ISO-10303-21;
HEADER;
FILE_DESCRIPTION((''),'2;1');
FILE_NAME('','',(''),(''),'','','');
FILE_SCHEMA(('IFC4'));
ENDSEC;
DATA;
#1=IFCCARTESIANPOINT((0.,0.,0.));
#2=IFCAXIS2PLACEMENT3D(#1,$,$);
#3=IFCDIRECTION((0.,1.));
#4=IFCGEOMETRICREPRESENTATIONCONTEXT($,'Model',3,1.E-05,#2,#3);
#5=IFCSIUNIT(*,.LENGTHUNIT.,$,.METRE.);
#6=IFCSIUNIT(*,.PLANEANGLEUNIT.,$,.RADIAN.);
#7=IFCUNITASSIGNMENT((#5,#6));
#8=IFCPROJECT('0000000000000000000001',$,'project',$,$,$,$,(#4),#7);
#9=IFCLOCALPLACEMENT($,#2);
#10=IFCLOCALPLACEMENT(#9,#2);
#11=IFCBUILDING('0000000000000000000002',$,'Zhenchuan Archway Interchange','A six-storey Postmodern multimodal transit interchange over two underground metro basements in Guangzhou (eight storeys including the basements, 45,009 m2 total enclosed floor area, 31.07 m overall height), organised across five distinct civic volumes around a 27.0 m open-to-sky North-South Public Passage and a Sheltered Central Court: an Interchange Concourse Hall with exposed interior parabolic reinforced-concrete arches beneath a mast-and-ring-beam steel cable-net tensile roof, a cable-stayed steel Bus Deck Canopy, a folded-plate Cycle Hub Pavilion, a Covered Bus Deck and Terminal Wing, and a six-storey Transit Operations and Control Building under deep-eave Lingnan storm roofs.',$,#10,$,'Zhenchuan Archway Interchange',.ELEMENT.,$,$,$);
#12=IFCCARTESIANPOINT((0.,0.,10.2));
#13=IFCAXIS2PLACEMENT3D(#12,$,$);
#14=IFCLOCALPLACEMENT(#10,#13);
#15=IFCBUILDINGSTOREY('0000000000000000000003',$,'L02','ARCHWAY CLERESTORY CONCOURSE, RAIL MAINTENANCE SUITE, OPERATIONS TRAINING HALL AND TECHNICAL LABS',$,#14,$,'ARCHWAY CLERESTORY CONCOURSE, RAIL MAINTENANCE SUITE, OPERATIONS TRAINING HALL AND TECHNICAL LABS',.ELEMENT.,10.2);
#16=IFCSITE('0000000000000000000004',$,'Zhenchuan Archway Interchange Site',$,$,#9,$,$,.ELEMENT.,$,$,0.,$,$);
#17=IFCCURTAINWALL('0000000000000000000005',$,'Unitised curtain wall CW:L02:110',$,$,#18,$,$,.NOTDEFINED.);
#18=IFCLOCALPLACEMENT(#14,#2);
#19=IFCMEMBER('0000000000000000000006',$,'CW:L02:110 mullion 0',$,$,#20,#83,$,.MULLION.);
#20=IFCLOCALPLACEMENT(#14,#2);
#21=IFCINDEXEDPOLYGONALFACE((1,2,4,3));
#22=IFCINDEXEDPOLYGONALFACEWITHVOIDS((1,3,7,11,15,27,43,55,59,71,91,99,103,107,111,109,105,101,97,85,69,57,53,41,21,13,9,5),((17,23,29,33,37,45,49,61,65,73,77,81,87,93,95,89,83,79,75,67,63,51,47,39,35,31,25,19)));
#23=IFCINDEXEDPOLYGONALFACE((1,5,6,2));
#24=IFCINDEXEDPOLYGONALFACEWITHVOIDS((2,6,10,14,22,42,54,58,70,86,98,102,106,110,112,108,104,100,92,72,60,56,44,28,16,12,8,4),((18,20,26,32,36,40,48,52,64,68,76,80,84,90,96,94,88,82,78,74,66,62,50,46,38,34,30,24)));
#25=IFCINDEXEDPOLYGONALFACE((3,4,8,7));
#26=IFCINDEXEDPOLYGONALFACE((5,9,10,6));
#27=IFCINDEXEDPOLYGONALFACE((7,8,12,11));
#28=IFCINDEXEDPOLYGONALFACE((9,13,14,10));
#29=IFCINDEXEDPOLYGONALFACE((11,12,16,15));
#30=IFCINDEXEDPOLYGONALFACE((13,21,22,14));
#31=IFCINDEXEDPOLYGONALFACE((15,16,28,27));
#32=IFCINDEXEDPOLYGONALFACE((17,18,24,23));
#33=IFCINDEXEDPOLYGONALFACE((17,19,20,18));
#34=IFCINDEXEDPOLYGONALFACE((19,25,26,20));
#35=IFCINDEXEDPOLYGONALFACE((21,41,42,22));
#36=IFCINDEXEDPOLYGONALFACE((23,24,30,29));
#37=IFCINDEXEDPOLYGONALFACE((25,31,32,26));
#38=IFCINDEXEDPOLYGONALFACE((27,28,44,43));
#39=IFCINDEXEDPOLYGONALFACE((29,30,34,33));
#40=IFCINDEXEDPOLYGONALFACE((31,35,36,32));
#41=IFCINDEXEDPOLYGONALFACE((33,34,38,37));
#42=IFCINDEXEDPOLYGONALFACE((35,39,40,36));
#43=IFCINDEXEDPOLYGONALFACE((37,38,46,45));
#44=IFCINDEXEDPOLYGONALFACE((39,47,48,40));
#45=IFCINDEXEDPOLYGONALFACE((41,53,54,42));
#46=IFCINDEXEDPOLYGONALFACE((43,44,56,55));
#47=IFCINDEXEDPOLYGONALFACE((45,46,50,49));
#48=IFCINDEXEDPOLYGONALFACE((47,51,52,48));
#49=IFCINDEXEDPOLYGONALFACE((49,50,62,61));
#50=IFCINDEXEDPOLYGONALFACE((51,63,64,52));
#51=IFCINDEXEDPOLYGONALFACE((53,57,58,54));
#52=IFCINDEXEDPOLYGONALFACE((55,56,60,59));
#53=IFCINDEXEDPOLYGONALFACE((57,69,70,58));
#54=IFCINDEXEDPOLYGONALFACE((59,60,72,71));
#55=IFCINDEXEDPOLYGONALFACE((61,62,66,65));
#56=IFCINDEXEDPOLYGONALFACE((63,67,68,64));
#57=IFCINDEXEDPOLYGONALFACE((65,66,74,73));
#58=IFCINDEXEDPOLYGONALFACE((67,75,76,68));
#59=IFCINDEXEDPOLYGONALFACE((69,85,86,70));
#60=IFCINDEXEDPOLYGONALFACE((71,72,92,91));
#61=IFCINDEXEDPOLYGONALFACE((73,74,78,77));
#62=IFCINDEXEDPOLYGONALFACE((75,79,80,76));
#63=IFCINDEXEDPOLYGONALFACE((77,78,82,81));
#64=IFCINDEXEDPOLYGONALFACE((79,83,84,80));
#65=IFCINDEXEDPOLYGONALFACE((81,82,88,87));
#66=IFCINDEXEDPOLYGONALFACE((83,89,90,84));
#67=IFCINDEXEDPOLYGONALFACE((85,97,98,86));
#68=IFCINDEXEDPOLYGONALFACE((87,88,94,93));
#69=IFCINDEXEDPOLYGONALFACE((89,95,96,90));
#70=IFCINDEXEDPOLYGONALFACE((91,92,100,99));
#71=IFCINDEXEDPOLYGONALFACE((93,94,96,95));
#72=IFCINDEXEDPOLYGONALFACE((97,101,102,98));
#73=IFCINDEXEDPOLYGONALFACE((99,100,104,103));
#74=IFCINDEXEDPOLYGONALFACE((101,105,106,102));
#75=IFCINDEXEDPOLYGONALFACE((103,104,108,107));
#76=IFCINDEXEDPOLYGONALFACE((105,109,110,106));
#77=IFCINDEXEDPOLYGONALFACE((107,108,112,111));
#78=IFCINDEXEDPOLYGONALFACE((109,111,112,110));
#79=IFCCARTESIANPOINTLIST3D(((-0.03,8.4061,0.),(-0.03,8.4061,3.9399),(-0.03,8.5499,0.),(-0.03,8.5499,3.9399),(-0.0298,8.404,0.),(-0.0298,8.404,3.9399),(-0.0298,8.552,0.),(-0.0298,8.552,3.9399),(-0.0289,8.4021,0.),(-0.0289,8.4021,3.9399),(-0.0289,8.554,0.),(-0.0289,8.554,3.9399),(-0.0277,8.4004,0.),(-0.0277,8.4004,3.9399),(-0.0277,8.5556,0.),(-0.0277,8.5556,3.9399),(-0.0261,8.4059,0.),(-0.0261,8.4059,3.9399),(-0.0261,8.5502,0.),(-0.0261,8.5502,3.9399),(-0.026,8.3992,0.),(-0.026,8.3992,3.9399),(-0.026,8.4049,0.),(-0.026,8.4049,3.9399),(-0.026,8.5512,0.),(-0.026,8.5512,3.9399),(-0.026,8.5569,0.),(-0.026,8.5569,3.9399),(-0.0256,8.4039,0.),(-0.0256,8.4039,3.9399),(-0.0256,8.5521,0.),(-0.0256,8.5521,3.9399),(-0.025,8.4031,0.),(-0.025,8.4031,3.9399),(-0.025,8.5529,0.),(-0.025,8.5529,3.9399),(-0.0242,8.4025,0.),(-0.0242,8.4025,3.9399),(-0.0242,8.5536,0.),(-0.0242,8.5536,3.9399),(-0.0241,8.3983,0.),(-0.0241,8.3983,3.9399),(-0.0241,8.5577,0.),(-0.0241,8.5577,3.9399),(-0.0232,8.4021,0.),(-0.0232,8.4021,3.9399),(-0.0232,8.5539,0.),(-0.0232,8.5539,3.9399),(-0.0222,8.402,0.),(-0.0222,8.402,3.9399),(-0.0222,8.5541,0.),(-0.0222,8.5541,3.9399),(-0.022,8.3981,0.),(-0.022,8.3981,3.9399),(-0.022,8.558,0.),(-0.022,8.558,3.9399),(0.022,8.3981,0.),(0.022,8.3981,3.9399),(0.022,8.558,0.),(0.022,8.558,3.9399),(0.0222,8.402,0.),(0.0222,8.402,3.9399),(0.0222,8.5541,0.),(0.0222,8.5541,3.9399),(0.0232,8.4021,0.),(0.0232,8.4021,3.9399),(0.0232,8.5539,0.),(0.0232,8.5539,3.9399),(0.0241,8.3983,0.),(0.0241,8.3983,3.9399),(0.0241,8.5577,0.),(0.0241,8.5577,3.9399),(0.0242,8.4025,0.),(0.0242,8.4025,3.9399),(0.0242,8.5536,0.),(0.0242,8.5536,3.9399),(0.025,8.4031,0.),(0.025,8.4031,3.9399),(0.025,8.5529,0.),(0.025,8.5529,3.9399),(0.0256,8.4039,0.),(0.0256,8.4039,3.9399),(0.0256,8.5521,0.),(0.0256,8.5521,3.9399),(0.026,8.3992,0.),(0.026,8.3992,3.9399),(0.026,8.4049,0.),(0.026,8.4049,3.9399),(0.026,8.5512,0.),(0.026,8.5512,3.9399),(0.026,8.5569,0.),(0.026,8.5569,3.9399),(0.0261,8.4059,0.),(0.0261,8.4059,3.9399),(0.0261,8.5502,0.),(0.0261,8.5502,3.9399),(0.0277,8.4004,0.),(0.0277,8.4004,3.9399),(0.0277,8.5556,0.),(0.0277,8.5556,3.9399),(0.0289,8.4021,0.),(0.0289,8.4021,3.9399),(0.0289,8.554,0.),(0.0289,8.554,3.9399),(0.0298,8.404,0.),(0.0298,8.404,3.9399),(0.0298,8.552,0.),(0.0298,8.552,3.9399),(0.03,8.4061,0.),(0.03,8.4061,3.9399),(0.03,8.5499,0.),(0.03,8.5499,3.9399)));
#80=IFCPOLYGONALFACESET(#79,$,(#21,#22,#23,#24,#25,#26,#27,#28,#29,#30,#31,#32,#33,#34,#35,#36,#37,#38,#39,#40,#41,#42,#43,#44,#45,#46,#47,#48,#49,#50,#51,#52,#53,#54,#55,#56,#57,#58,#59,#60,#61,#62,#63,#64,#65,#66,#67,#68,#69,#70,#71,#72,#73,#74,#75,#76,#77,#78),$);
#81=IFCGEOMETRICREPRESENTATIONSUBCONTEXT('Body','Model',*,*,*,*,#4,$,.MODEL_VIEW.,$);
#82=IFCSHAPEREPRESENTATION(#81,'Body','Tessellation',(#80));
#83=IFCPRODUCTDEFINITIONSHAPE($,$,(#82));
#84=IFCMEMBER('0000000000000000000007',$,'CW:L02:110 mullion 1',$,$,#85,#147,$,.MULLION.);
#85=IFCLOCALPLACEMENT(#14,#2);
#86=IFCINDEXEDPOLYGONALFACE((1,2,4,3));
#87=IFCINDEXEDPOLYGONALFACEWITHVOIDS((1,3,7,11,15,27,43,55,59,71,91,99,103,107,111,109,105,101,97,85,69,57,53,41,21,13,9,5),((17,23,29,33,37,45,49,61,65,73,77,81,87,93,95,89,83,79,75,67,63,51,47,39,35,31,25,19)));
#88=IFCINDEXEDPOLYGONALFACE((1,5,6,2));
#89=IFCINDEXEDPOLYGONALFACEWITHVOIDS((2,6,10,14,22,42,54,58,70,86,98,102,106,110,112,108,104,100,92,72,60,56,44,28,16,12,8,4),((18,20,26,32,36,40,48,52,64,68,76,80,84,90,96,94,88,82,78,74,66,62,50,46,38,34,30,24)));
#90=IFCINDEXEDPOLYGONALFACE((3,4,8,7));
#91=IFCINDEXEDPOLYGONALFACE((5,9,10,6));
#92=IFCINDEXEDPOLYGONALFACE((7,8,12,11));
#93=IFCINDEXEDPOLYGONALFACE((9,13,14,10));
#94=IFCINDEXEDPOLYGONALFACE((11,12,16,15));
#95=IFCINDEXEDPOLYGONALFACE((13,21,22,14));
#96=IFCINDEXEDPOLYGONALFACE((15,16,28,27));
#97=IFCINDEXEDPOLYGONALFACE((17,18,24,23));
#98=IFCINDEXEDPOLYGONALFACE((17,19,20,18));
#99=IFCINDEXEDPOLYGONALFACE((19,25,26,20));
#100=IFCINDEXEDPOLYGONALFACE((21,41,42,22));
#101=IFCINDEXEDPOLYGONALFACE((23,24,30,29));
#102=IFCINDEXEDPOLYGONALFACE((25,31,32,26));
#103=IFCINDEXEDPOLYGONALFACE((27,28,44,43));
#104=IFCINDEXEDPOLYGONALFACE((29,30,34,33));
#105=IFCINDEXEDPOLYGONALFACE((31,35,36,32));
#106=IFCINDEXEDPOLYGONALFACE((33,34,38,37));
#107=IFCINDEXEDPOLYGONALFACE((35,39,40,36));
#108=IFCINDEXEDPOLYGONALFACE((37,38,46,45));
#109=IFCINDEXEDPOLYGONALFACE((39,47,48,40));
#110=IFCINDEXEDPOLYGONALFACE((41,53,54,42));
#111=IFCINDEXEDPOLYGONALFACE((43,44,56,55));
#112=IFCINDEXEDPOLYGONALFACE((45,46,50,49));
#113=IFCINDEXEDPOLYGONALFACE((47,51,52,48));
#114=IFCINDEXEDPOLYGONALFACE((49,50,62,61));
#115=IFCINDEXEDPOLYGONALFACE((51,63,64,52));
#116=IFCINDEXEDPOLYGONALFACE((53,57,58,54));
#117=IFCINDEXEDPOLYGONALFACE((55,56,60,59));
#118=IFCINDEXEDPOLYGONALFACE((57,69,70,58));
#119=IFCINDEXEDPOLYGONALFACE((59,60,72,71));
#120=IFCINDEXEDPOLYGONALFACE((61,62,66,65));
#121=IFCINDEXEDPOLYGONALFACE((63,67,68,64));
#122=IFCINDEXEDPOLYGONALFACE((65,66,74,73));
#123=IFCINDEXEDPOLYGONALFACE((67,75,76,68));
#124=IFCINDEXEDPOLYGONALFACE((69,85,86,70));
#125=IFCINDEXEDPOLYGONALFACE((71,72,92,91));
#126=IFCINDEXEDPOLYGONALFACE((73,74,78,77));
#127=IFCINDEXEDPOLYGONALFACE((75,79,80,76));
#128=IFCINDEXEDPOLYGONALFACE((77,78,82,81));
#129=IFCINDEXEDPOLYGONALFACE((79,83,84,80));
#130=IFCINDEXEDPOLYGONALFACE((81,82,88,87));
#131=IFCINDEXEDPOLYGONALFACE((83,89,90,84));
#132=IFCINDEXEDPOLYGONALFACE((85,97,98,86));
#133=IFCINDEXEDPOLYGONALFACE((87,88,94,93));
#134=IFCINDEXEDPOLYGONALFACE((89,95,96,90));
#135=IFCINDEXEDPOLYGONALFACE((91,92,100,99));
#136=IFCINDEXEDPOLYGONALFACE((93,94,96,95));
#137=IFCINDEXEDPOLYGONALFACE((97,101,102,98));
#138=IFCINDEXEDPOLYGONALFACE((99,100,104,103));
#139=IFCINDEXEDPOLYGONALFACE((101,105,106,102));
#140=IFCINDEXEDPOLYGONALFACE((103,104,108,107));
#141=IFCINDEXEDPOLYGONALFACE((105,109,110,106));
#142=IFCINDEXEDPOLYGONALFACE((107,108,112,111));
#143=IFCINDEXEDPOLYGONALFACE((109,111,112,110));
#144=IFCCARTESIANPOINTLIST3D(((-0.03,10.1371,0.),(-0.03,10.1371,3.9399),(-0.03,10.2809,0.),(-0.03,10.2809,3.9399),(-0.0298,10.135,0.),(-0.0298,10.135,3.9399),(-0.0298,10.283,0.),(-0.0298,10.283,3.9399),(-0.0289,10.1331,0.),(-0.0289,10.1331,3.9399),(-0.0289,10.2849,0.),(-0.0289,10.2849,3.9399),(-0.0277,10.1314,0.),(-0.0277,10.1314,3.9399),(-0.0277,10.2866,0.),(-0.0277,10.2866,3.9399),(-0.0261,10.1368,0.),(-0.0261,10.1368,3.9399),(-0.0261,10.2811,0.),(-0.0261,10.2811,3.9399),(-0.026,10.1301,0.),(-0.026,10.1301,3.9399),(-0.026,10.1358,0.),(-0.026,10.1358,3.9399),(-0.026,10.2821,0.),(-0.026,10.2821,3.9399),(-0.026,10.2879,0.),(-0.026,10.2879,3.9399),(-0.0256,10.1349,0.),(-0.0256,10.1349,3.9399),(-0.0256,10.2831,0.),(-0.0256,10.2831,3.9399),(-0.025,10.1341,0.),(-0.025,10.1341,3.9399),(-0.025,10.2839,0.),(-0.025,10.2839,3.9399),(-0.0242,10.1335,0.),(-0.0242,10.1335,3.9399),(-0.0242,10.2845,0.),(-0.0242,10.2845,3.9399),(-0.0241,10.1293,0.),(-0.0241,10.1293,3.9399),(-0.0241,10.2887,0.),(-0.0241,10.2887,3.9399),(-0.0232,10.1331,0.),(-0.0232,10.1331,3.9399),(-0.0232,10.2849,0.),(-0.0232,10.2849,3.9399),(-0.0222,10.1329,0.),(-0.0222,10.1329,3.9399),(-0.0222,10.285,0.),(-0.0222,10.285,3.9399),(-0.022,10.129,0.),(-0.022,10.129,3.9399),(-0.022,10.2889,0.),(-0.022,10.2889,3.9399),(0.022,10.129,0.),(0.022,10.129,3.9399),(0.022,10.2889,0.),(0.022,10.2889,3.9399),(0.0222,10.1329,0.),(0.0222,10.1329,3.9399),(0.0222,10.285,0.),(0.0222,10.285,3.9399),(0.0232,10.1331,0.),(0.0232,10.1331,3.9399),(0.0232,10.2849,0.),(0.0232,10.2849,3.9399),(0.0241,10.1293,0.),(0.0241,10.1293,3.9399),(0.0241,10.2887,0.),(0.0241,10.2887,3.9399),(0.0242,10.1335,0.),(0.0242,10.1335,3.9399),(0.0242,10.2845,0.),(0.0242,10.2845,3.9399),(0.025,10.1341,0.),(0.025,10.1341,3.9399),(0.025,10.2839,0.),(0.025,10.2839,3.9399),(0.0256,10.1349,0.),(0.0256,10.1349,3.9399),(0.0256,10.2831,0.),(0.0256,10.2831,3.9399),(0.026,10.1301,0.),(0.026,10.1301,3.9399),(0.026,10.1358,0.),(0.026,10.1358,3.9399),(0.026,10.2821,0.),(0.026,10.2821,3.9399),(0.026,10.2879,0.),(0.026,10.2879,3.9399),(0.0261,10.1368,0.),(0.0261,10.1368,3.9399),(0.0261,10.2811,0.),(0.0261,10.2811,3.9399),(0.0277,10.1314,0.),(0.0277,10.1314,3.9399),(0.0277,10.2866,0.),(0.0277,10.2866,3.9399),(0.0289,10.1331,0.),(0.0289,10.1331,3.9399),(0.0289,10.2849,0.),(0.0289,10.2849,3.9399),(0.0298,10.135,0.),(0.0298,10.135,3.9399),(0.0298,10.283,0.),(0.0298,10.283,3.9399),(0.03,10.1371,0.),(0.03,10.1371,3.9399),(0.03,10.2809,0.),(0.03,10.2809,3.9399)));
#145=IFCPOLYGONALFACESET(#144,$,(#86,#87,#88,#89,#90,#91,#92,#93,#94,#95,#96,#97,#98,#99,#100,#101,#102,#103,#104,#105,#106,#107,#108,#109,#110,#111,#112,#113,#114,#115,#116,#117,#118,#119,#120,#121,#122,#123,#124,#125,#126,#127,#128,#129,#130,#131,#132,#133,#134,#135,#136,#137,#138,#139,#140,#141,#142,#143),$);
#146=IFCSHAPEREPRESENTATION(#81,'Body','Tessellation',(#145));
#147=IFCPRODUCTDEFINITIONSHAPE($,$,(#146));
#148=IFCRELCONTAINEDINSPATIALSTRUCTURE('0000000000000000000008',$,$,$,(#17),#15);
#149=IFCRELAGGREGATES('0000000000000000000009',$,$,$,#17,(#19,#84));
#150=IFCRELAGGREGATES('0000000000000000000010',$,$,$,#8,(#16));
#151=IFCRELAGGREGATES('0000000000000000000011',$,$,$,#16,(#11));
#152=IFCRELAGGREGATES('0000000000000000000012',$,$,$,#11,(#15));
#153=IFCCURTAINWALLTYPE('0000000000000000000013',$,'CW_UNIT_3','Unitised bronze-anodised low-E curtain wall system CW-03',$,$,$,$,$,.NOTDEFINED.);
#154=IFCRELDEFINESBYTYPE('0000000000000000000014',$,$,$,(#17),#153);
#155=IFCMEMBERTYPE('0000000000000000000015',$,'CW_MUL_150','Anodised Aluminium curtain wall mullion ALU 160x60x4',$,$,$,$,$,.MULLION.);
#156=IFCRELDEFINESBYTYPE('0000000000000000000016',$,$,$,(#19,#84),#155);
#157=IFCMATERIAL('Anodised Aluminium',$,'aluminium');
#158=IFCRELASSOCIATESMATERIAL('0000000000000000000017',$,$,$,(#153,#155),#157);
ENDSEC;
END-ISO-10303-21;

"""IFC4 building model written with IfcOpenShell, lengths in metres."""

from ifc_helpers import new_model, si_unit, direction, frame, origin, origin_2d, place, context, subcontext, project, spatial, hollow_rectangle, extrude, material, material_profile, profile_set, type_object, element, aggregate, save


model = new_model("IFC4")

# Units and contexts
model_context = context("Model", 3, precision=1e-05, world=origin(), true_north=direction((0.0, 1.0)))
body_context = subcontext(model_context, "Body", "Model", "MODEL_VIEW")
ifc_project = project(units=[si_unit("LENGTHUNIT", "METRE"), si_unit("PLANEANGLEUNIT", "RADIAN")], contexts=[model_context])

# Site, building, storey
site_placement = place(None, origin())
site = spatial("IfcSite", under=ifc_project, at=site_placement, Name="Zhenchuan Archway Interchange Site", CompositionType="ELEMENT", RefElevation=0.0)
building_placement = place(site_placement, origin())
building = spatial("IfcBuilding", under=site, at=building_placement, Name="Zhenchuan Archway Interchange", Description="A six-storey Postmodern multimodal transit interchange over two underground metro basements in Guangzhou (eight storeys including the basements, 45,009 m2 total enclosed floor area, 31.07 m overall height), organised across five distinct civic volumes around a 27.0 m open-to-sky North-South Public Passage and a Sheltered Central Court: an Interchange Concourse Hall with exposed interior parabolic reinforced-concrete arches beneath a mast-and-ring-beam steel cable-net tensile roof, a cable-stayed steel Bus Deck Canopy, a folded-plate Cycle Hub Pavilion, a Covered Bus Deck and Terminal Wing, and a six-storey Transit Operations and Control Building under deep-eave Lingnan storm roofs.", LongName="Zhenchuan Archway Interchange", CompositionType="ELEMENT")
storey_placement = place(building_placement, frame((0.0, 0.0, 10.2)))
storey = spatial("IfcBuildingStorey", under=building, at=storey_placement, Name="L02", Description="ARCHWAY CLERESTORY CONCOURSE, RAIL MAINTENANCE SUITE, OPERATIONS TRAINING HALL AND TECHNICAL LABS", LongName="ARCHWAY CLERESTORY CONCOURSE, RAIL MAINTENANCE SUITE, OPERATIONS TRAINING HALL AND TECHNICAL LABS", CompositionType="ELEMENT", Elevation=10.2)

# Curtain wall, members
ifc_material_1 = material(Name="Anodised Aluminium", Category="aluminium")
curtain_wall_type = type_object("IfcCurtainWallType", Name="CW_UNIT_3", Description="Unitised bronze-anodised low-E curtain wall system CW-03", PredefinedType="NOTDEFINED", material=ifc_material_1)
curtain_wall_placement = place(storey_placement, origin())
curtain_wall = element("IfcCurtainWall", 1, at=curtain_wall_placement, inside=storey, type_object=curtain_wall_type, Name="Unitised curtain wall CW:L02:110", PredefinedType="NOTDEFINED")
ifc_material_profile_1 = material_profile(ifc_material_1, hollow_rectangle(XDim=0.0601, YDim=0.1599, WallThickness=0.0039, InnerFilletRadius=0.0039, OuterFilletRadius=0.0081, at=origin_2d()), Name="ALU 160x60x4")
ifc_profile_set_1 = profile_set([ifc_material_profile_1], Name="Anodised Aluminium")
member_type_1 = type_object("IfcMemberType", Name="CW_MUL_150", Description="Anodised Aluminium curtain wall mullion ALU 160x60x4", PredefinedType="MULLION", material=ifc_profile_set_1)
member_1_placement = place(storey_placement, frame((0.0, 8.478, 0.0), z_axis=(0.0, 0.0, 1.0), x_axis=(1.0, 0.0, 0.0)))
member_1 = element("IfcMember", 2, at=member_1_placement, type_object=member_type_1, Name="CW:L02:110 mullion 0", PredefinedType="MULLION", context=body_context, shape_type="SweptSolid", body=[
    extrude(hollow_rectangle(XDim=0.0601, YDim=0.1599, WallThickness=0.0039, InnerFilletRadius=0.0039, OuterFilletRadius=0.0081, at=origin_2d()), origin(), (0.0, 0.0, 1.0), 3.9399),
])
member_2_placement = place(storey_placement, frame((0.0, 10.209, 0.0), z_axis=(0.0, 0.0, 1.0), x_axis=(1.0, 0.0, 0.0)))
member_2 = element("IfcMember", 3, at=member_2_placement, type_object=member_type_1, Name="CW:L02:110 mullion 1", PredefinedType="MULLION", context=body_context, shape_type="SweptSolid", body=[
    extrude(hollow_rectangle(XDim=0.0601, YDim=0.1599, WallThickness=0.0039, InnerFilletRadius=0.0039, OuterFilletRadius=0.0081, at=origin_2d()), origin(), (0.0, 0.0, 1.0), 3.9399),
])

aggregate(curtain_wall, [member_1, member_2])

save(model, "model.ifc")
